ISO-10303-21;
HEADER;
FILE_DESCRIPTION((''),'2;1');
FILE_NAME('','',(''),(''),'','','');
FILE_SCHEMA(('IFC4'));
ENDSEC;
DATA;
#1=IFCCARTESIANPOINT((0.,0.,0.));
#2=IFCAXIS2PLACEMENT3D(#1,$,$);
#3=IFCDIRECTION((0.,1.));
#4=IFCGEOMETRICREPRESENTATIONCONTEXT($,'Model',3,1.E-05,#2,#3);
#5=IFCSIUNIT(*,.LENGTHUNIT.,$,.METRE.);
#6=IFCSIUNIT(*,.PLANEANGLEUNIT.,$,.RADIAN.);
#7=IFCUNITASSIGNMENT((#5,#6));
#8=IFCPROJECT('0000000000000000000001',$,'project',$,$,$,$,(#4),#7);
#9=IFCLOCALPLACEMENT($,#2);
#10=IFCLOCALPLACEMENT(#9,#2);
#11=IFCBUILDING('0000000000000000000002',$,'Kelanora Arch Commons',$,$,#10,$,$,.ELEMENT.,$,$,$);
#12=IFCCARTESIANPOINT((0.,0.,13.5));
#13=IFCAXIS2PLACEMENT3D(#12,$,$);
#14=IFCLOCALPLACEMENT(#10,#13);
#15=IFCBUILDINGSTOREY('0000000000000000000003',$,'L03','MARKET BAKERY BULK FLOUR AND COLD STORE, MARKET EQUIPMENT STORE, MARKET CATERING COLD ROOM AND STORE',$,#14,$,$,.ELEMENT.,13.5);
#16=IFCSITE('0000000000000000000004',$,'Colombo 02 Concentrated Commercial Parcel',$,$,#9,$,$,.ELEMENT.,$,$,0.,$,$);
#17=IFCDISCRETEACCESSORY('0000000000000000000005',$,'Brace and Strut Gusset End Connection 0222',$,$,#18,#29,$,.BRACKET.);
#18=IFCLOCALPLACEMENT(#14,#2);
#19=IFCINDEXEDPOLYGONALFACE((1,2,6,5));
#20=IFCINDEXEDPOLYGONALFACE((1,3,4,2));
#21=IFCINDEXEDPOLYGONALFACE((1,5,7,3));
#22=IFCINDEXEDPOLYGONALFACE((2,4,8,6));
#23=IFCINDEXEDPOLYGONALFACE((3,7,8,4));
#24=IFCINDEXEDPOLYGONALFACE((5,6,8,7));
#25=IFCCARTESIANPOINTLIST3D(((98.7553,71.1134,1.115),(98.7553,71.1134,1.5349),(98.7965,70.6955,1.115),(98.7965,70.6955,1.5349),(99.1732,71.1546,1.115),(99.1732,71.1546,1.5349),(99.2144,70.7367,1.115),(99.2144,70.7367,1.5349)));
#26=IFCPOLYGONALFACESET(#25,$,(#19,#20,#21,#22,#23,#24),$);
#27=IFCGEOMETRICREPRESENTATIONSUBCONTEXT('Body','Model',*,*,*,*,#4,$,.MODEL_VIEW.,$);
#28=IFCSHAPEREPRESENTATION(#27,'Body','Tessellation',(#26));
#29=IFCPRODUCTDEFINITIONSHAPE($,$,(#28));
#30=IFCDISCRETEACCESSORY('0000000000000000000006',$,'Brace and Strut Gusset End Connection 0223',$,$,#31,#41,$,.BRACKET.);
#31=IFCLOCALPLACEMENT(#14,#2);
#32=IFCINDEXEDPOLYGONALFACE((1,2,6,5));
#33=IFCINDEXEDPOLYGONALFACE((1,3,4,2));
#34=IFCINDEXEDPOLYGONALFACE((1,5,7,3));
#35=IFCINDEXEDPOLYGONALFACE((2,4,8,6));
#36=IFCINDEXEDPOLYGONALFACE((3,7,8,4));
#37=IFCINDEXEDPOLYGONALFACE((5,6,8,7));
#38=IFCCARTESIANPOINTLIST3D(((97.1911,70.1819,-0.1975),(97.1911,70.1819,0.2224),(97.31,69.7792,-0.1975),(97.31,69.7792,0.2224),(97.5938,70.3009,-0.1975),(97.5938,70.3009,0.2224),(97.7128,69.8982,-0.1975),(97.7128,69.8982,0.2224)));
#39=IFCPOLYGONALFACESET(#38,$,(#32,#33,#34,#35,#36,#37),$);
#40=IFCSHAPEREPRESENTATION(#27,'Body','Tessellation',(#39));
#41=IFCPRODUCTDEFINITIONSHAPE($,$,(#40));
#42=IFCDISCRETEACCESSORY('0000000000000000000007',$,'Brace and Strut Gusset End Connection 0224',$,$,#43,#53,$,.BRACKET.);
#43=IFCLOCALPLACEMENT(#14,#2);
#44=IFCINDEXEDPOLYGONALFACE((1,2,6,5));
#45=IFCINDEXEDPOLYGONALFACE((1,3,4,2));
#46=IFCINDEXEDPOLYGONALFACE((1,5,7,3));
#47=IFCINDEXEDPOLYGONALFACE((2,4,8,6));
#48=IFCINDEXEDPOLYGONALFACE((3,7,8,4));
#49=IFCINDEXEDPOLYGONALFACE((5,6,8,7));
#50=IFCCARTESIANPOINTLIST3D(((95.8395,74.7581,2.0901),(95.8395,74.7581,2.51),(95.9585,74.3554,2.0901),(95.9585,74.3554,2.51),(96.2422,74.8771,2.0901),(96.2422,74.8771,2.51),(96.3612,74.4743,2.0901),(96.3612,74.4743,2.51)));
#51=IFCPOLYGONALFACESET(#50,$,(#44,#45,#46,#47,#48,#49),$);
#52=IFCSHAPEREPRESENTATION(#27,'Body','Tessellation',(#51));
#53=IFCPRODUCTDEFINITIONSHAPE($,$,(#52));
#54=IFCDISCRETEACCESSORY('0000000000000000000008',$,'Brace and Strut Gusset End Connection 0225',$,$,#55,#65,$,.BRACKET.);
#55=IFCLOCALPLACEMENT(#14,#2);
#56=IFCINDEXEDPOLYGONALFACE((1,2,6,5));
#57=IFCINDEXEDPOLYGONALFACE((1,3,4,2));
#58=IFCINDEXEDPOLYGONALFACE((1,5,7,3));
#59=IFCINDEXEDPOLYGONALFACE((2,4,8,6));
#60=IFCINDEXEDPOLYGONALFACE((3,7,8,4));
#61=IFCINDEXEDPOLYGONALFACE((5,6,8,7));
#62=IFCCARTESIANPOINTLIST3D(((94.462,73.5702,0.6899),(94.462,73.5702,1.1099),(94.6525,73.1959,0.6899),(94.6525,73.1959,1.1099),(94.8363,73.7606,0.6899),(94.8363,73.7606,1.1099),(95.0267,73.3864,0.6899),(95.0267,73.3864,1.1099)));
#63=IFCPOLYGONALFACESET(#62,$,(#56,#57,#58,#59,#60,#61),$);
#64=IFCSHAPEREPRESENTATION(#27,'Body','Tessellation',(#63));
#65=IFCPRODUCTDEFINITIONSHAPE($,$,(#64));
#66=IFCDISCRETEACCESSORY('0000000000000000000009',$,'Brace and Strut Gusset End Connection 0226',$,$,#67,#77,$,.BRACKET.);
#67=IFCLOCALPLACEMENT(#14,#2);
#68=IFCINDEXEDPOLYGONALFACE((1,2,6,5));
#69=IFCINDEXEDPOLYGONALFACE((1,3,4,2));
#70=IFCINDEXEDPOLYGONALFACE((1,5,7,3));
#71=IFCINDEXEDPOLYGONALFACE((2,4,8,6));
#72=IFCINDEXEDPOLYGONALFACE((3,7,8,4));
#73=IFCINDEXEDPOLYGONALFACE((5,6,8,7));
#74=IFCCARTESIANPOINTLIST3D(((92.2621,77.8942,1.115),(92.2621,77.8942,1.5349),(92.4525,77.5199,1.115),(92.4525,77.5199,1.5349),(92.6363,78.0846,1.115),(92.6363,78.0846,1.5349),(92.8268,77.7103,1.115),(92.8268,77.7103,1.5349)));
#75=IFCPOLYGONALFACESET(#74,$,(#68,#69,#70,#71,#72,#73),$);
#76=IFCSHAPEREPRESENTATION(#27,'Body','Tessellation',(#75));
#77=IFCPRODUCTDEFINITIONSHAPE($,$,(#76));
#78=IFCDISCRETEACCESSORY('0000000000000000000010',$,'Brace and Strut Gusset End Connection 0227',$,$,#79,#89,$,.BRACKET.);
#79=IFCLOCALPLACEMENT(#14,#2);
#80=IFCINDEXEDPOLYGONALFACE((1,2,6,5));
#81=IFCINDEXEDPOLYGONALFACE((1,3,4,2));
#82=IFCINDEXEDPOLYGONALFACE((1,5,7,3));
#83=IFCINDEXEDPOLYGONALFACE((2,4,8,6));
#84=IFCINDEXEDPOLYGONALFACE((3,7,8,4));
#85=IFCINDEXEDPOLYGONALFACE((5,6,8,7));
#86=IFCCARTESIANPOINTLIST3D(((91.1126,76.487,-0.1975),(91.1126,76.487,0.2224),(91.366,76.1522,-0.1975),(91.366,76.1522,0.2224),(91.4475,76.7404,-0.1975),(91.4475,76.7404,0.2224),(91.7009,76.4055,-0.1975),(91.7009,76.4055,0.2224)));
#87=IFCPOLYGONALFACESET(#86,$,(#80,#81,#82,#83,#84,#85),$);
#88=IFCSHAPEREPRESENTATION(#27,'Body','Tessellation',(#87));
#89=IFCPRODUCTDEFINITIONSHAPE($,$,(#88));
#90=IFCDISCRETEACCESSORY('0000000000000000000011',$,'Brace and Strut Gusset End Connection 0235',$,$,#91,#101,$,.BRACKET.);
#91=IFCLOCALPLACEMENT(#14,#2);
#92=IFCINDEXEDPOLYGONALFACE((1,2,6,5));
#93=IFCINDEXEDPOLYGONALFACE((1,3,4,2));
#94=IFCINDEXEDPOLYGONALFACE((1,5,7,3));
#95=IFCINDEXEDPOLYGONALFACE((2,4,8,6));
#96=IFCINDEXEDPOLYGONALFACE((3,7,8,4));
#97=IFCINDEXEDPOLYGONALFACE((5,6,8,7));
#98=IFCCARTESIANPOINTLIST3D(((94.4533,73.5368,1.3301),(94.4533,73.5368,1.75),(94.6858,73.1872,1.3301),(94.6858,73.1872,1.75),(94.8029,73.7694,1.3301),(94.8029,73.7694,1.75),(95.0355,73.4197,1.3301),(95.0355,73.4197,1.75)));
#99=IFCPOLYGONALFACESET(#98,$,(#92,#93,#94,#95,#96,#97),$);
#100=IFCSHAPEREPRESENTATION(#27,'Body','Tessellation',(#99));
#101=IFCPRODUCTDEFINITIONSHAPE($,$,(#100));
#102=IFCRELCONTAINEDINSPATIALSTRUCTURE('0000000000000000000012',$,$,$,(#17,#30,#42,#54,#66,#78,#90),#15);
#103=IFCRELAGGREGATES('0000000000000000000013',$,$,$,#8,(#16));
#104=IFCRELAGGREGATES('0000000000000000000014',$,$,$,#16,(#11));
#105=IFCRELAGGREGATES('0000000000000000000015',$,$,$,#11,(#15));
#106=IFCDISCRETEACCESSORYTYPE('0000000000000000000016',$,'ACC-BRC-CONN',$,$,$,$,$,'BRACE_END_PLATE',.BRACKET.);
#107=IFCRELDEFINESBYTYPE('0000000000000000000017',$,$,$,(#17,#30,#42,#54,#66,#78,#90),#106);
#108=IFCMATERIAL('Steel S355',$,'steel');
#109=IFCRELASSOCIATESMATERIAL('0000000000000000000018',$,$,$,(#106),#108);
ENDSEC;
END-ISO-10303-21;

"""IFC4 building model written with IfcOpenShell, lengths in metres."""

from ifc_helpers import new_model, si_unit, direction, frame, origin, origin_2d, place, context, subcontext, project, spatial, rectangle, extrude, source, transform, mapped, material, type_object, element, save


model = new_model("IFC4")

# Units and contexts
model_context = context("Model", 3, precision=1e-05, world=origin(), true_north=direction((0.0, 1.0)))
body_context = subcontext(model_context, "Body", "Model", "MODEL_VIEW")
ifc_project = project(units=[si_unit("LENGTHUNIT", "METRE"), si_unit("PLANEANGLEUNIT", "RADIAN")], contexts=[model_context])

# Site, building, storey
site_placement = place(None, origin())
site = spatial("IfcSite", under=ifc_project, at=site_placement, Name="Colombo 02 Concentrated Commercial Parcel", CompositionType="ELEMENT", RefElevation=0.0)
building_placement = place(site_placement, origin())
building = spatial("IfcBuilding", under=site, at=building_placement, Name="Kelanora Arch Commons", CompositionType="ELEMENT")
storey_placement = place(building_placement, frame((0.0, 0.0, 13.5)))
storey = spatial("IfcBuildingStorey", under=building, at=storey_placement, Name="L03", Description="MARKET BAKERY BULK FLOUR AND COLD STORE, MARKET EQUIPMENT STORE, MARKET CATERING COLD ROOM AND STORE", CompositionType="ELEMENT", Elevation=13.5)

# Shared definitions
ifc_material_1 = material(Name="Steel S355", Category="steel")

# Discrete accessories
discrete_accessory_type = type_object("IfcDiscreteAccessoryType", Name="ACC-BRC-CONN", ElementType="BRACE_END_PLATE", PredefinedType="BRACKET", material=ifc_material_1)
shared_shape_1 = source(origin(), body_context, "Body", "SweptSolid", [
    extrude(rectangle(XDim=0.4199, YDim=0.4199, at=origin_2d()), origin(), (0.0, 0.0, 1.0), 0.4199),
])
for number, where, z_axis, x_axis, name in (
    (1, (98.9849, 70.925, 1.115), (0.0, 0.0, 1.0), (-0.098104, 0.995176, 0.0), "Brace and Strut Gusset End Connection 0222"),
    (2, (97.4519, 70.04, -0.1975), (0.0, 0.0, 1.0), (-0.283346, 0.959018, 0.0), "Brace and Strut Gusset End Connection 0223"),
    (3, (96.1003, 74.6162, 2.0901), (0.0, 0.0, 1.0), (-0.283346, 0.959018, 0.0), "Brace and Strut Gusset End Connection 0224"),
    (4, (94.7444, 73.4783, 0.6899), (0.0, 0.0, 1.0), (-0.453524, 0.891244, 0.0), "Brace and Strut Gusset End Connection 0225"),
    (5, (92.5444, 77.8022, 1.115), (0.0, 0.0, 1.0), (-0.453524, 0.891244, 0.0), "Brace and Strut Gusset End Connection 0226"),
    (6, (91.4067, 76.4463, -0.1975), (0.0, 0.0, 1.0), (-0.603347, 0.797479, 0.0), "Brace and Strut Gusset End Connection 0227"),
    (7, (94.7444, 73.4783, 1.3301), (0.0, 0.0, 1.0), (0.832631, 0.553828, 0.0), "Brace and Strut Gusset End Connection 0235"),
):
    element("IfcDiscreteAccessory", number, at=place(storey_placement, frame(where, z_axis=z_axis, x_axis=x_axis)), inside=storey, type_object=discrete_accessory_type, Name=name, PredefinedType="BRACKET", context=body_context, shape_type="MappedRepresentation", body=[
        mapped(shared_shape_1, transform((0.0, 0.0, 0.0), scale=1.0)),
    ])

save(model, "model.ifc")
